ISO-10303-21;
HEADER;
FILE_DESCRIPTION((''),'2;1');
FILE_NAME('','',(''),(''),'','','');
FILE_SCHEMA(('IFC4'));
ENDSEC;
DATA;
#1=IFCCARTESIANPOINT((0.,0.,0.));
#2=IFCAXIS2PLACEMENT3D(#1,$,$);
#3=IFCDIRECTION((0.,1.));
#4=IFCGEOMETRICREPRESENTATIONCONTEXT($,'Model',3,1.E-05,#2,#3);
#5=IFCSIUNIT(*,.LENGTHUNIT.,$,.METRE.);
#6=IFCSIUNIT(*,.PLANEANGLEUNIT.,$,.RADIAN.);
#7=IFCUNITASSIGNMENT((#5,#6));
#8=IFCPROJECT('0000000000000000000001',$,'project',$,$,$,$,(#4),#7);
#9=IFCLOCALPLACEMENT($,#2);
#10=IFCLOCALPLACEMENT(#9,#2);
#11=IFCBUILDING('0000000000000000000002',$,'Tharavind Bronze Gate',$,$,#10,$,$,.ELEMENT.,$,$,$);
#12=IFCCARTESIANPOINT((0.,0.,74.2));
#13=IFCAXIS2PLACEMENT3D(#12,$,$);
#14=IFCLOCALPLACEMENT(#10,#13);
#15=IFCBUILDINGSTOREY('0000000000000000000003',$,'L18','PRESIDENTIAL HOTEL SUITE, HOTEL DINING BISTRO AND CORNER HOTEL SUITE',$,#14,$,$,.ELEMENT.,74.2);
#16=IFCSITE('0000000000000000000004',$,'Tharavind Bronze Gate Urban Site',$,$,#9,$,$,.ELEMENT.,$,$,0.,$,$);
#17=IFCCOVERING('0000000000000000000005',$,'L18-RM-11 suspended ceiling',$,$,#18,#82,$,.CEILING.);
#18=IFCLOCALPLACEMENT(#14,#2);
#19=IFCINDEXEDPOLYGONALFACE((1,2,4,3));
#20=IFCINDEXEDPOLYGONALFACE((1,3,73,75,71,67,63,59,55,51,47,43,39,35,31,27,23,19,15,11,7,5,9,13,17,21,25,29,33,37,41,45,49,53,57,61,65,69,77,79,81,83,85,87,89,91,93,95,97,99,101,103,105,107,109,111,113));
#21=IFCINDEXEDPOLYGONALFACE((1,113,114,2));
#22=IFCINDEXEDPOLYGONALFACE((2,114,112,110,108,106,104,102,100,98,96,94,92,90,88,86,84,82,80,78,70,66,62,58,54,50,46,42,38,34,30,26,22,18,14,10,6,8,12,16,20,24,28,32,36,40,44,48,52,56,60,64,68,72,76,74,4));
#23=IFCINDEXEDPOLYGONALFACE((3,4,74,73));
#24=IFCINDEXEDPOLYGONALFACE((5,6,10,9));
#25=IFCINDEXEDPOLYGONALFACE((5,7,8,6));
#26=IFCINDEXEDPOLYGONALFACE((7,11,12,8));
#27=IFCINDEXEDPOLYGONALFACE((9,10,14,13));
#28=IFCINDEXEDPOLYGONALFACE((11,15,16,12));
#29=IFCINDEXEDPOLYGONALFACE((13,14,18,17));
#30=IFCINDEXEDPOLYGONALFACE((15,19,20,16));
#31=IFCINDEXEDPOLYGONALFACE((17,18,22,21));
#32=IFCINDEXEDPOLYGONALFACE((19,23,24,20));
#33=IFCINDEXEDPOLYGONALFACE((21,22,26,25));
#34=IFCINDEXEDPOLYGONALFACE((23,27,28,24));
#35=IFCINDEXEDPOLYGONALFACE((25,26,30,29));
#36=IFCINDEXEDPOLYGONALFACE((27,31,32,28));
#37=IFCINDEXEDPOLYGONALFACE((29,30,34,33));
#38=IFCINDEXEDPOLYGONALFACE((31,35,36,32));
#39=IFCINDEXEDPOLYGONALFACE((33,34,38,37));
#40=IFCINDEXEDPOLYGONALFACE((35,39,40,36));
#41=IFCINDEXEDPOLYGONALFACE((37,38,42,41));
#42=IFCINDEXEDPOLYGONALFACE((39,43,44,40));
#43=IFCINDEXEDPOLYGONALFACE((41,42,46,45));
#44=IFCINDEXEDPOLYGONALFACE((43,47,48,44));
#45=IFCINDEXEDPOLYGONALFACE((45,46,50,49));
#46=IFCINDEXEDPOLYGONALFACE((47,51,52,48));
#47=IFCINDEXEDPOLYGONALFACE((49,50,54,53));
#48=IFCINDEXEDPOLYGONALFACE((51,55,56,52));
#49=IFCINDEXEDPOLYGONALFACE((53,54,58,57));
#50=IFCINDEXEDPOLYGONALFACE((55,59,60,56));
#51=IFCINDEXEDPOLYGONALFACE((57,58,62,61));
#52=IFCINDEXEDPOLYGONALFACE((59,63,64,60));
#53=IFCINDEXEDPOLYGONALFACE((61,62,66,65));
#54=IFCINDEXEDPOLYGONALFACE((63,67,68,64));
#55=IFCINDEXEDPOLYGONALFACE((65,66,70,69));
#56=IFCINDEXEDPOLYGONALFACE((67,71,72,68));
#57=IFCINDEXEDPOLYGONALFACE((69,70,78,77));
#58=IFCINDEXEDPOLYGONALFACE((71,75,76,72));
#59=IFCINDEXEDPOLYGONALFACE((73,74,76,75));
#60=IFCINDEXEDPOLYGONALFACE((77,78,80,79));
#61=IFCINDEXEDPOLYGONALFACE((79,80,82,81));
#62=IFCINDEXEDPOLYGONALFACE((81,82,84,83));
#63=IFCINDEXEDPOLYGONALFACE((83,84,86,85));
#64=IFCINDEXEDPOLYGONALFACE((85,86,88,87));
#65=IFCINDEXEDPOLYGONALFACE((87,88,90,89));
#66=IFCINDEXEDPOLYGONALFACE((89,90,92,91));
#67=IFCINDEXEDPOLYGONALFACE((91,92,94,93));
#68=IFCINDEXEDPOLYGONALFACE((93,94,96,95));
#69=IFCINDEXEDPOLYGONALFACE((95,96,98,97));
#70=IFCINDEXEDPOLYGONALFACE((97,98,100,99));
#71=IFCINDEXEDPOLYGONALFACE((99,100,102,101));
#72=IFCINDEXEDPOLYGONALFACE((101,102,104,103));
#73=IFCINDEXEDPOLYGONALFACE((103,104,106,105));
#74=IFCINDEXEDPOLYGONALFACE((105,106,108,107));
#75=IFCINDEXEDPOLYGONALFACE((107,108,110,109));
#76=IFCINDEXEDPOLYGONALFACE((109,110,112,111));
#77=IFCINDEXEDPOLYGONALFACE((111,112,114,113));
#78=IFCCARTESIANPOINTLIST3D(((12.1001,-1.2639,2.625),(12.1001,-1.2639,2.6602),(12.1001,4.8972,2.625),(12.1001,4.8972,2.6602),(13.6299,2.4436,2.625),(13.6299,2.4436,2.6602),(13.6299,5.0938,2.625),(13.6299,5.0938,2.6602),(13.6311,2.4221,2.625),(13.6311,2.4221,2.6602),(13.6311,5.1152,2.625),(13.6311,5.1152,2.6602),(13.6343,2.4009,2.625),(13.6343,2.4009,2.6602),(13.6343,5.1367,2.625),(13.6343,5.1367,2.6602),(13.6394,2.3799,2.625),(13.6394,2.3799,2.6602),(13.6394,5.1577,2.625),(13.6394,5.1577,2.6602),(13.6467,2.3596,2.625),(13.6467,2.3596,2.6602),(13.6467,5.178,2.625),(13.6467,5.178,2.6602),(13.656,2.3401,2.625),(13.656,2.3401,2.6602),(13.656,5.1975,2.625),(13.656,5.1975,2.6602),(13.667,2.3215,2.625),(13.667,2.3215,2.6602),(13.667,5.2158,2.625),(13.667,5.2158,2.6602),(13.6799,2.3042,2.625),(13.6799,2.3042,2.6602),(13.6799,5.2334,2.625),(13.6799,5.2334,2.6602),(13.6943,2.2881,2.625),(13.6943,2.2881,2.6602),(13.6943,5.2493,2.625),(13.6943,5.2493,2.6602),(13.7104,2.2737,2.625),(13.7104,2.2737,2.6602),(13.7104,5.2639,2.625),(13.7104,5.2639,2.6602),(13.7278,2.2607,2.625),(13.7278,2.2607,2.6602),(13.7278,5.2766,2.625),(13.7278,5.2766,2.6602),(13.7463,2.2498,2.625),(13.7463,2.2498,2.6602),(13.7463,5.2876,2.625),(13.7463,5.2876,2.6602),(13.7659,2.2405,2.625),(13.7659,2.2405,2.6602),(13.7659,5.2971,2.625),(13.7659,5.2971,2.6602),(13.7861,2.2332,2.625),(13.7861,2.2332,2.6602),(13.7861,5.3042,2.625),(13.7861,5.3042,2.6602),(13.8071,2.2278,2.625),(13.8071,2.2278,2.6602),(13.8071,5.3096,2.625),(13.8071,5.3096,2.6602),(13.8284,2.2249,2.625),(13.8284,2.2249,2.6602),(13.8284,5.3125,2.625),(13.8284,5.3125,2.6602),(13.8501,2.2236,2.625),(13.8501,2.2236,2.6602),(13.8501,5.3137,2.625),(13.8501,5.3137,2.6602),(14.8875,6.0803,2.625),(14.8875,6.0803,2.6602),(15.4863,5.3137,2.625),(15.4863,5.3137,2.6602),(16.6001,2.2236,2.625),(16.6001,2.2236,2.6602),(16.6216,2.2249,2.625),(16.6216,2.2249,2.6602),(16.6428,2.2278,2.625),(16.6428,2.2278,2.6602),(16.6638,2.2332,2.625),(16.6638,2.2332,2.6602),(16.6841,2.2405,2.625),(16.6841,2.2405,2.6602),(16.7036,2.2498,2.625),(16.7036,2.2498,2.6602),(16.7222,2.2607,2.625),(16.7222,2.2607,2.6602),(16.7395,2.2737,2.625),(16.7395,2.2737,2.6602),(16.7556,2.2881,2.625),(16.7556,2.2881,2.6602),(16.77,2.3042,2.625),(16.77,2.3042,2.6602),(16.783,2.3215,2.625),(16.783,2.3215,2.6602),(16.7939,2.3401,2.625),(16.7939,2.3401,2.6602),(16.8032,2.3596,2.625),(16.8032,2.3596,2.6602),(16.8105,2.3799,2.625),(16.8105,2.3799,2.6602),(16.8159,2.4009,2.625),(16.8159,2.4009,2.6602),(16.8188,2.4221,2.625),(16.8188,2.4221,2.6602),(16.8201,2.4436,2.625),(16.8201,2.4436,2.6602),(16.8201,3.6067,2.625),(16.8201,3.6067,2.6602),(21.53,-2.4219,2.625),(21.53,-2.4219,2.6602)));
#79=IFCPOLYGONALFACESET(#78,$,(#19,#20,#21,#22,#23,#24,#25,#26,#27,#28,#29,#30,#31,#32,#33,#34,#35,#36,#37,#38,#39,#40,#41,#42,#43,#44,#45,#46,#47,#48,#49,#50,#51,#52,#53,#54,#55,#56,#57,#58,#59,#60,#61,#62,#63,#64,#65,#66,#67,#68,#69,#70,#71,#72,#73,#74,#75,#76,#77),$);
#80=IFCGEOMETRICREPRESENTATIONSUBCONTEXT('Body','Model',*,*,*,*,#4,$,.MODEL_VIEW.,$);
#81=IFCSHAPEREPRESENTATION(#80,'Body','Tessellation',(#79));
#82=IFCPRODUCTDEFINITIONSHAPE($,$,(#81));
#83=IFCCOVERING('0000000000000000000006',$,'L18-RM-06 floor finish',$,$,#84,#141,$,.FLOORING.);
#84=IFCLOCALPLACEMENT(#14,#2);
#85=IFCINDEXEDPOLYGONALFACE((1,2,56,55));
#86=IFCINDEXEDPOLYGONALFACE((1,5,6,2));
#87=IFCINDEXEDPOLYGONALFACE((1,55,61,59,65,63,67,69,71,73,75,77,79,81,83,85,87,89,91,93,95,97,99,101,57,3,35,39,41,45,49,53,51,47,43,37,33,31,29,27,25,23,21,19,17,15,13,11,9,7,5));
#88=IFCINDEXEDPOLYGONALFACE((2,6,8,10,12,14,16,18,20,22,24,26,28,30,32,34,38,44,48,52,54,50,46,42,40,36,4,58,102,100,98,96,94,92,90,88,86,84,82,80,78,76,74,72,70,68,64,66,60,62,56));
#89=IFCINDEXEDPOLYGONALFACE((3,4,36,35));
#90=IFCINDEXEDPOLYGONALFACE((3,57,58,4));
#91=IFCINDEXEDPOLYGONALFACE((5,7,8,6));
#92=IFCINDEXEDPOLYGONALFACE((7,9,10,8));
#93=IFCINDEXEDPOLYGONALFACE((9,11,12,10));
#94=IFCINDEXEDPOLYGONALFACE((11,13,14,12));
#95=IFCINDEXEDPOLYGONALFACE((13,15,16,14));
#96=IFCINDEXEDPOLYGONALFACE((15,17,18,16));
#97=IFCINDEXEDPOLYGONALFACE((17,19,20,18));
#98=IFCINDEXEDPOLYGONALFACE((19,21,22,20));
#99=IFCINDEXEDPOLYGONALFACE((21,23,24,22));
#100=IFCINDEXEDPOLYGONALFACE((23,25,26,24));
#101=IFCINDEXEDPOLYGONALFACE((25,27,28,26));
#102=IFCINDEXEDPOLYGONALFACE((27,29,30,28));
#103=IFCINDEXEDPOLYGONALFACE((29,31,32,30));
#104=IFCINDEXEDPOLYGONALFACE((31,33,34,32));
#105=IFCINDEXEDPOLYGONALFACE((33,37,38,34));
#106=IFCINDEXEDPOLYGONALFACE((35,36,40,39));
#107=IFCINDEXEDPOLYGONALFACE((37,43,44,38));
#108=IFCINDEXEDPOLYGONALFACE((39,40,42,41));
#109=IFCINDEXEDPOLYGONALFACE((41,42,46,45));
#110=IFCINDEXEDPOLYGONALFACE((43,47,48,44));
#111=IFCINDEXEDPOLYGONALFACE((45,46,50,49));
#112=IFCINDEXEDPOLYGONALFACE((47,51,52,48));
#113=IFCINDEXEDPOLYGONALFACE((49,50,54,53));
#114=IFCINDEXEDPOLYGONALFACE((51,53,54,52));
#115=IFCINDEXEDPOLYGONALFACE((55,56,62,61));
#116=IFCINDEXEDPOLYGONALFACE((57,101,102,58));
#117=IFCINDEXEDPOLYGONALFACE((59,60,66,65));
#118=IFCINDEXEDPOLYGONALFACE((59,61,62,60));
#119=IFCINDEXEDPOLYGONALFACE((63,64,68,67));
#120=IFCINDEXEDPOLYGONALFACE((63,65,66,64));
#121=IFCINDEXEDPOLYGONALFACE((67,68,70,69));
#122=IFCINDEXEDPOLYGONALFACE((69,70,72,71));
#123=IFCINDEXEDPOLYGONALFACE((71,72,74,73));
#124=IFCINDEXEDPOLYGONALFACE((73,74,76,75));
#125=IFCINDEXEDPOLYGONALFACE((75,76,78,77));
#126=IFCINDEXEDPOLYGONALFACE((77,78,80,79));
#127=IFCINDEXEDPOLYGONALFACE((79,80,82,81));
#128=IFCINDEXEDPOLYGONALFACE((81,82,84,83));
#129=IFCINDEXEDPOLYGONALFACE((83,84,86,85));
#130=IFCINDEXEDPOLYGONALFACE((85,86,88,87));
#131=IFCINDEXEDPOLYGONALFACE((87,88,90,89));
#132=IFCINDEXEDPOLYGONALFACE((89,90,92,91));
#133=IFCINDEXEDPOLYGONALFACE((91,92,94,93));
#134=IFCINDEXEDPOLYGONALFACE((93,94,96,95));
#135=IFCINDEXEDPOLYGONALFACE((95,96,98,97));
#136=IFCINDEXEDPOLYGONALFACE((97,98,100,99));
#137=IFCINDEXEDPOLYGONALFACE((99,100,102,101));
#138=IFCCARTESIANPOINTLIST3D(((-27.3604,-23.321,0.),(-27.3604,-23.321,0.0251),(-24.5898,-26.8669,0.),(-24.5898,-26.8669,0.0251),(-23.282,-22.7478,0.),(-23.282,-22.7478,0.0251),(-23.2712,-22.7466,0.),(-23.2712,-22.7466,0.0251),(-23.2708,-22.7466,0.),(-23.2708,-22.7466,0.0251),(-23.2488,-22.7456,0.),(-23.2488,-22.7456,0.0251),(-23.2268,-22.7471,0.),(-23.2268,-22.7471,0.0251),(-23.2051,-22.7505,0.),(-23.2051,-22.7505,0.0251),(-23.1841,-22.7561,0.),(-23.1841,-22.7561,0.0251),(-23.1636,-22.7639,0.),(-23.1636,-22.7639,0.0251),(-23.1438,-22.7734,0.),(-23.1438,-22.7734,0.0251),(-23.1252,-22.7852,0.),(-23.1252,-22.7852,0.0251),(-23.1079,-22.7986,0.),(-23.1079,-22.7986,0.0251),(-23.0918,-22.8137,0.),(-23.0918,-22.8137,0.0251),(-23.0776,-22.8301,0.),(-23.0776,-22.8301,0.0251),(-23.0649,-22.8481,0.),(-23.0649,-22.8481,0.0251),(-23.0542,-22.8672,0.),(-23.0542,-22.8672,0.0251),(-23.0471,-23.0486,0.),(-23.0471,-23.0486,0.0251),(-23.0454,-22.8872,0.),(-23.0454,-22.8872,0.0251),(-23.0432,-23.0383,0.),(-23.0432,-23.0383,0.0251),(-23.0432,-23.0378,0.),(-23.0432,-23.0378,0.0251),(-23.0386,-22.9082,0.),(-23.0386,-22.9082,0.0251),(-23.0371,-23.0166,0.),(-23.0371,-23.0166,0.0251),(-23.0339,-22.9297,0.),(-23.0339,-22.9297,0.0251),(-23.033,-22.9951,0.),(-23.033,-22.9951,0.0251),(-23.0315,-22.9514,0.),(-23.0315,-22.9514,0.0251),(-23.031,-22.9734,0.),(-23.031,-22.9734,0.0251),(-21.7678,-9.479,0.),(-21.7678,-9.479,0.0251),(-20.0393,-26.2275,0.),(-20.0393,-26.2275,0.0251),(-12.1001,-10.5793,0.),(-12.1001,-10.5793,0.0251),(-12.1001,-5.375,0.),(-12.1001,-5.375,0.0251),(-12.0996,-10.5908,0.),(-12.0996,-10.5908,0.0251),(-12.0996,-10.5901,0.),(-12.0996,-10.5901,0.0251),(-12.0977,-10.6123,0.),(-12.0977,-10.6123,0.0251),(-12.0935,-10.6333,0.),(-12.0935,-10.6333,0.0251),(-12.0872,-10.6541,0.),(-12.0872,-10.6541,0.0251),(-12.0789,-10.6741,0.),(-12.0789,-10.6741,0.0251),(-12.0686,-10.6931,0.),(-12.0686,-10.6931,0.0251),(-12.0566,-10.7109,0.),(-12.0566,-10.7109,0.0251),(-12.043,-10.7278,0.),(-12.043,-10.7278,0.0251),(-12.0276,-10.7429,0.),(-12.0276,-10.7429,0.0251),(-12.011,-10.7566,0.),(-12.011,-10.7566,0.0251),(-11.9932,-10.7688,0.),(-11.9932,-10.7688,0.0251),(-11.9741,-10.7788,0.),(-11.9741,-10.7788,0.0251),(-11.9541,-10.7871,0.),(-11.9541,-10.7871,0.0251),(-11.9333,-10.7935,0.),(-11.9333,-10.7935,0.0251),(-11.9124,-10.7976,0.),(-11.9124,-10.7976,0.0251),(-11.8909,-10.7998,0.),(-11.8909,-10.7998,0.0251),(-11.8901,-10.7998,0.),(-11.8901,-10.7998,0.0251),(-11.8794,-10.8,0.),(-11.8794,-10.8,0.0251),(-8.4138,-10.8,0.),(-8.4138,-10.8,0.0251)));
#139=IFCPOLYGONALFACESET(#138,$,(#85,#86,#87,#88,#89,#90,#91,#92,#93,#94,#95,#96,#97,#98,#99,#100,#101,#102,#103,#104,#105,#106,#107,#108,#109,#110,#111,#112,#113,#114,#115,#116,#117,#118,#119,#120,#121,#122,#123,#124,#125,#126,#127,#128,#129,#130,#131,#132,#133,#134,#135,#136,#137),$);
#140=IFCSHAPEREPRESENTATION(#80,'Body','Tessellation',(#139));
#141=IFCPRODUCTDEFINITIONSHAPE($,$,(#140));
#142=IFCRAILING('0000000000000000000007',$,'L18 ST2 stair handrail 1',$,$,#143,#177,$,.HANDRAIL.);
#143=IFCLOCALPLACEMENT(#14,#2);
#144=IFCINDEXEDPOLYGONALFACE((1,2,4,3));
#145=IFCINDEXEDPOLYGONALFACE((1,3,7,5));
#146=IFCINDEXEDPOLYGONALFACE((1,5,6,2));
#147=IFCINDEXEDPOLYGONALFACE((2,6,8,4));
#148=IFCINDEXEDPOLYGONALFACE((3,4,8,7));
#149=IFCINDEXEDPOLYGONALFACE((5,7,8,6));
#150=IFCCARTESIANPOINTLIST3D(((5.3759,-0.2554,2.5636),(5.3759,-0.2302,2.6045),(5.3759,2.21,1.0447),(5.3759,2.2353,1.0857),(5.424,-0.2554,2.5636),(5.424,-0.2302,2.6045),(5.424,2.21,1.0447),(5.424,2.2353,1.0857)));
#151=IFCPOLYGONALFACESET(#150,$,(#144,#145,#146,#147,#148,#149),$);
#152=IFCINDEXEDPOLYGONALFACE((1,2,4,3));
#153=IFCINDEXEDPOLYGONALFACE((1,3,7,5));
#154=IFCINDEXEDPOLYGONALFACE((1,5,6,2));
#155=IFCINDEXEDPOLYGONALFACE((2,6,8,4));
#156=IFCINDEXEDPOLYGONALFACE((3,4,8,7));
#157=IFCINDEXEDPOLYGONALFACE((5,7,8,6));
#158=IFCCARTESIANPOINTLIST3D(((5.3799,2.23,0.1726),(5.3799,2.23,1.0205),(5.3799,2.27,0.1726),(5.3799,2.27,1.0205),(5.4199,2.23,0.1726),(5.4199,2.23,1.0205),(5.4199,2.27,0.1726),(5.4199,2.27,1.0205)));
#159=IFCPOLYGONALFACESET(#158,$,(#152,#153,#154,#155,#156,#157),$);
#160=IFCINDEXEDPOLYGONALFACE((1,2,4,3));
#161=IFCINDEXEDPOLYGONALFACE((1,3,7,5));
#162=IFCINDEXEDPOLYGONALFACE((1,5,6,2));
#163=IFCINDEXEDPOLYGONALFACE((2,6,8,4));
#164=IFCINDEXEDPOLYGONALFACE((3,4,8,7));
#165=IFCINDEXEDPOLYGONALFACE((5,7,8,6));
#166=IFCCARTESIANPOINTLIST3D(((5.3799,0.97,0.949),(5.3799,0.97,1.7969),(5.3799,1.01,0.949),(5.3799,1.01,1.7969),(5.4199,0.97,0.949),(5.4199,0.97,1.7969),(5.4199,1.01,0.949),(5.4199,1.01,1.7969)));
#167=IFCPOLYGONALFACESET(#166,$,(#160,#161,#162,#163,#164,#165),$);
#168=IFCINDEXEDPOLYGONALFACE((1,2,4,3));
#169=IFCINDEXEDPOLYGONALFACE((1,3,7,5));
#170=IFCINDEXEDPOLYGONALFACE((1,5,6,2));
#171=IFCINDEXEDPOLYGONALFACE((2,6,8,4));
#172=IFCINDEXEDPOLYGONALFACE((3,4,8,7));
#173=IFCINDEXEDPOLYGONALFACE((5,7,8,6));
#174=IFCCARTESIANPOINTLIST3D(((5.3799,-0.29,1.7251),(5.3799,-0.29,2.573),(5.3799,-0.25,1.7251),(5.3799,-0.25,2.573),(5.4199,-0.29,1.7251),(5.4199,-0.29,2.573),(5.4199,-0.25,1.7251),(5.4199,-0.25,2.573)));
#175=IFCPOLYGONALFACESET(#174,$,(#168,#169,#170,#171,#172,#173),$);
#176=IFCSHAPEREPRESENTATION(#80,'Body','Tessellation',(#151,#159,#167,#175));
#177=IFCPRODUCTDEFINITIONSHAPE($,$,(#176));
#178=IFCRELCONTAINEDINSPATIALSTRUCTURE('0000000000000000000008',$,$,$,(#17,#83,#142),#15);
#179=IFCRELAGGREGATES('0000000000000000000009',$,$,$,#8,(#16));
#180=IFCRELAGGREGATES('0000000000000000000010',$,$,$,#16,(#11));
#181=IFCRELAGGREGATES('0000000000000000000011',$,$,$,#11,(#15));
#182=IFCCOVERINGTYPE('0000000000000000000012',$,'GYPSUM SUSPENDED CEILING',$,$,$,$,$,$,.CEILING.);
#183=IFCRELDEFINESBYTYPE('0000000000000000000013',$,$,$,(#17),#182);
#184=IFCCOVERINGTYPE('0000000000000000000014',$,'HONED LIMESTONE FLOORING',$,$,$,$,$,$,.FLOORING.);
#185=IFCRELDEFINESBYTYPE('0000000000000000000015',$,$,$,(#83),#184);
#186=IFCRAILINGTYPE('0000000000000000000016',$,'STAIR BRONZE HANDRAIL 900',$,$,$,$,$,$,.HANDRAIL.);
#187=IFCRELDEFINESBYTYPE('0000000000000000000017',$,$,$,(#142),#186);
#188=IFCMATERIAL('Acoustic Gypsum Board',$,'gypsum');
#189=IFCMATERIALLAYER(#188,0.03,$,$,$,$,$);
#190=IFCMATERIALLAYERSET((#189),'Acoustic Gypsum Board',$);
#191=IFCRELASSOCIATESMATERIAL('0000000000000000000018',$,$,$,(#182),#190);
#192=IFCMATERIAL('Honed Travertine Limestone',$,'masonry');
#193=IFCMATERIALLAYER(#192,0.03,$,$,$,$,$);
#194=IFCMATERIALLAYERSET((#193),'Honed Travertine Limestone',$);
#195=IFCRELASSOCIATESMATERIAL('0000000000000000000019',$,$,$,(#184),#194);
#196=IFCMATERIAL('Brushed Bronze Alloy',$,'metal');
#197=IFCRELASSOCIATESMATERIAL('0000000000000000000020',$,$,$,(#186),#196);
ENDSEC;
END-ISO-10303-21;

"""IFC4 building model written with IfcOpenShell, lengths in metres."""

from ifc_helpers import new_model, si_unit, direction, frame, origin, origin_2d, place, context, subcontext, project, spatial, polyline, rectangle, outline, extrude, material, layer, layer_set, type_object, element, save


model = new_model("IFC4")

# Units and contexts
model_context = context("Model", 3, precision=1e-05, world=origin(), true_north=direction((0.0, 1.0)))
body_context = subcontext(model_context, "Body", "Model", "MODEL_VIEW")
ifc_project = project(units=[si_unit("LENGTHUNIT", "METRE"), si_unit("PLANEANGLEUNIT", "RADIAN")], contexts=[model_context])

# Site, building, storey
site_placement = place(None, origin())
site = spatial("IfcSite", under=ifc_project, at=site_placement, Name="Tharavind Bronze Gate Urban Site", CompositionType="ELEMENT", RefElevation=0.0)
building_placement = place(site_placement, origin())
building = spatial("IfcBuilding", under=site, at=building_placement, Name="Tharavind Bronze Gate", CompositionType="ELEMENT")
storey_placement = place(building_placement, frame((0.0, 0.0, 74.2)))
storey = spatial("IfcBuildingStorey", under=building, at=storey_placement, Name="L18", Description="PRESIDENTIAL HOTEL SUITE, HOTEL DINING BISTRO AND CORNER HOTEL SUITE", CompositionType="ELEMENT", Elevation=74.2)

# Coverings
ifc_material_1 = material(Name="Acoustic Gypsum Board", Category="gypsum")
ifc_layer_1 = layer(ifc_material_1, 0.03)
ifc_layer_set_1 = layer_set([ifc_layer_1], Name="Acoustic Gypsum Board")
covering_type_1 = type_object("IfcCoveringType", Name="GYPSUM SUSPENDED CEILING", PredefinedType="CEILING", material=ifc_layer_set_1)
covering_1_placement = place(storey_placement, frame((0.0, 0.0, 2.625)))
element("IfcCovering", 1, at=covering_1_placement, inside=storey, type_object=covering_type_1, Name="L18-RM-11 suspended ceiling", PredefinedType="CEILING", context=body_context, shape_type="SweptSolid", body=[
    extrude(outline(polyline([(21.53, -2.4219), (16.8201, 3.6067), (16.8201, 2.4436), (16.8188, 2.4221), (16.8159, 2.4009), (16.8105, 2.3799), (16.8032, 2.3596), (16.7939, 2.3401), (16.783, 2.3215), (16.77, 2.3042), (16.7556, 2.2881), (16.7395, 2.2737), (16.7222, 2.2607), (16.7036, 2.2498), (16.6841, 2.2405), (16.6638, 2.2332), (16.6428, 2.2278), (16.6216, 2.2249), (16.6001, 2.2236), (13.8501, 2.2236), (13.8284, 2.2249), (13.8071, 2.2278), (13.7861, 2.2332), (13.7659, 2.2405), (13.7463, 2.2498), (13.7278, 2.2607), (13.7104, 2.2737), (13.6943, 2.2881), (13.6799, 2.3042), (13.667, 2.3215), (13.656, 2.3401), (13.6467, 2.3596), (13.6394, 2.3799), (13.6343, 2.4009), (13.6311, 2.4221), (13.6299, 2.4436), (13.6299, 5.0938), (13.6311, 5.1152), (13.6343, 5.1367), (13.6394, 5.1577), (13.6467, 5.178), (13.656, 5.1975), (13.667, 5.2158), (13.6799, 5.2334), (13.6943, 5.2493), (13.7104, 5.2639), (13.7278, 5.2766), (13.7463, 5.2876), (13.7659, 5.2971), (13.7861, 5.3042), (13.8071, 5.3096), (13.8284, 5.3125), (13.8501, 5.3137), (15.4863, 5.3137), (14.8875, 6.0803), (12.1001, 4.8972), (12.1001, -1.2639), (21.53, -2.4219)])), origin(), (0.0, 0.0, 1.0), 0.0352),
])
ifc_material_2 = material(Name="Honed Travertine Limestone", Category="masonry")
ifc_layer_2 = layer(ifc_material_2, 0.03)
ifc_layer_set_2 = layer_set([ifc_layer_2], Name="Honed Travertine Limestone")
covering_type_2 = type_object("IfcCoveringType", Name="HONED LIMESTONE FLOORING", PredefinedType="FLOORING", material=ifc_layer_set_2)
covering_2_placement = place(storey_placement, origin())
element("IfcCovering", 2, at=covering_2_placement, inside=storey, type_object=covering_type_2, Name="L18-RM-06 floor finish", PredefinedType="FLOORING", context=body_context, shape_type="SweptSolid", body=[
    extrude(outline(polyline([(-23.282, -22.7478), (-23.2712, -22.7466), (-23.2708, -22.7466), (-23.2488, -22.7456), (-23.2268, -22.7471), (-23.2051, -22.7505), (-23.1841, -22.7561), (-23.1636, -22.7639), (-23.1438, -22.7734), (-23.1252, -22.7852), (-23.1079, -22.7986), (-23.0918, -22.8137), (-23.0776, -22.8301), (-23.0649, -22.8481), (-23.0542, -22.8672), (-23.0454, -22.8872), (-23.0386, -22.9082), (-23.0339, -22.9297), (-23.0315, -22.9514), (-23.031, -22.9734), (-23.033, -22.9951), (-23.0371, -23.0166), (-23.0432, -23.0378), (-23.0432, -23.0383), (-23.0471, -23.0486), (-24.5898, -26.8669), (-20.0393, -26.2275), (-8.4138, -10.8), (-11.8794, -10.8), (-11.8901, -10.7998), (-11.8909, -10.7998), (-11.9124, -10.7976), (-11.9333, -10.7935), (-11.9541, -10.7871), (-11.9741, -10.7788), (-11.9932, -10.7688), (-12.011, -10.7566), (-12.0276, -10.7429), (-12.043, -10.7278), (-12.0566, -10.7109), (-12.0686, -10.6931), (-12.0789, -10.6741), (-12.0872, -10.6541), (-12.0935, -10.6333), (-12.0977, -10.6123), (-12.0996, -10.5908), (-12.0996, -10.5901), (-12.1001, -10.5793), (-12.1001, -5.375), (-21.7678, -9.479), (-27.3604, -23.321), (-23.282, -22.7478)])), origin(), (0.0, 0.0, 1.0), 0.0251),
])

# Railing
ifc_material_3 = material(Name="Brushed Bronze Alloy", Category="metal")
railing_type = type_object("IfcRailingType", Name="STAIR BRONZE HANDRAIL 900", PredefinedType="HANDRAIL", material=ifc_material_3)
railing_placement = place(storey_placement, frame((5.3999, 2.25, 0.1726)))
element("IfcRailing", 3, at=railing_placement, inside=storey, type_object=railing_type, Name="L18 ST2 stair handrail 1", PredefinedType="HANDRAIL", context=body_context, shape_type="SweptSolid", body=[
    extrude(rectangle(XDim=0.0481, YDim=0.0481, at=origin_2d()), frame((0.0, -0.0273, 0.8926), z_axis=(0.0, -0.8514, 0.524516), x_axis=(1.0, 0.0, 0.0)), (0.0, 0.0, 1.0), 2.8958),
    extrude(rectangle(XDim=0.04, YDim=0.04, at=origin_2d()), origin(), (0.0, 0.0, 1.0), 0.8479),
    extrude(rectangle(XDim=0.04, YDim=0.04, at=origin_2d()), frame((0.0, -1.26, 0.7764)), (0.0, 0.0, 1.0), 0.8479),
    extrude(rectangle(XDim=0.04, YDim=0.04, at=origin_2d()), frame((0.0, -2.52, 1.5525)), (0.0, 0.0, 1.0), 0.8479),
])

save(model, "model.ifc")
